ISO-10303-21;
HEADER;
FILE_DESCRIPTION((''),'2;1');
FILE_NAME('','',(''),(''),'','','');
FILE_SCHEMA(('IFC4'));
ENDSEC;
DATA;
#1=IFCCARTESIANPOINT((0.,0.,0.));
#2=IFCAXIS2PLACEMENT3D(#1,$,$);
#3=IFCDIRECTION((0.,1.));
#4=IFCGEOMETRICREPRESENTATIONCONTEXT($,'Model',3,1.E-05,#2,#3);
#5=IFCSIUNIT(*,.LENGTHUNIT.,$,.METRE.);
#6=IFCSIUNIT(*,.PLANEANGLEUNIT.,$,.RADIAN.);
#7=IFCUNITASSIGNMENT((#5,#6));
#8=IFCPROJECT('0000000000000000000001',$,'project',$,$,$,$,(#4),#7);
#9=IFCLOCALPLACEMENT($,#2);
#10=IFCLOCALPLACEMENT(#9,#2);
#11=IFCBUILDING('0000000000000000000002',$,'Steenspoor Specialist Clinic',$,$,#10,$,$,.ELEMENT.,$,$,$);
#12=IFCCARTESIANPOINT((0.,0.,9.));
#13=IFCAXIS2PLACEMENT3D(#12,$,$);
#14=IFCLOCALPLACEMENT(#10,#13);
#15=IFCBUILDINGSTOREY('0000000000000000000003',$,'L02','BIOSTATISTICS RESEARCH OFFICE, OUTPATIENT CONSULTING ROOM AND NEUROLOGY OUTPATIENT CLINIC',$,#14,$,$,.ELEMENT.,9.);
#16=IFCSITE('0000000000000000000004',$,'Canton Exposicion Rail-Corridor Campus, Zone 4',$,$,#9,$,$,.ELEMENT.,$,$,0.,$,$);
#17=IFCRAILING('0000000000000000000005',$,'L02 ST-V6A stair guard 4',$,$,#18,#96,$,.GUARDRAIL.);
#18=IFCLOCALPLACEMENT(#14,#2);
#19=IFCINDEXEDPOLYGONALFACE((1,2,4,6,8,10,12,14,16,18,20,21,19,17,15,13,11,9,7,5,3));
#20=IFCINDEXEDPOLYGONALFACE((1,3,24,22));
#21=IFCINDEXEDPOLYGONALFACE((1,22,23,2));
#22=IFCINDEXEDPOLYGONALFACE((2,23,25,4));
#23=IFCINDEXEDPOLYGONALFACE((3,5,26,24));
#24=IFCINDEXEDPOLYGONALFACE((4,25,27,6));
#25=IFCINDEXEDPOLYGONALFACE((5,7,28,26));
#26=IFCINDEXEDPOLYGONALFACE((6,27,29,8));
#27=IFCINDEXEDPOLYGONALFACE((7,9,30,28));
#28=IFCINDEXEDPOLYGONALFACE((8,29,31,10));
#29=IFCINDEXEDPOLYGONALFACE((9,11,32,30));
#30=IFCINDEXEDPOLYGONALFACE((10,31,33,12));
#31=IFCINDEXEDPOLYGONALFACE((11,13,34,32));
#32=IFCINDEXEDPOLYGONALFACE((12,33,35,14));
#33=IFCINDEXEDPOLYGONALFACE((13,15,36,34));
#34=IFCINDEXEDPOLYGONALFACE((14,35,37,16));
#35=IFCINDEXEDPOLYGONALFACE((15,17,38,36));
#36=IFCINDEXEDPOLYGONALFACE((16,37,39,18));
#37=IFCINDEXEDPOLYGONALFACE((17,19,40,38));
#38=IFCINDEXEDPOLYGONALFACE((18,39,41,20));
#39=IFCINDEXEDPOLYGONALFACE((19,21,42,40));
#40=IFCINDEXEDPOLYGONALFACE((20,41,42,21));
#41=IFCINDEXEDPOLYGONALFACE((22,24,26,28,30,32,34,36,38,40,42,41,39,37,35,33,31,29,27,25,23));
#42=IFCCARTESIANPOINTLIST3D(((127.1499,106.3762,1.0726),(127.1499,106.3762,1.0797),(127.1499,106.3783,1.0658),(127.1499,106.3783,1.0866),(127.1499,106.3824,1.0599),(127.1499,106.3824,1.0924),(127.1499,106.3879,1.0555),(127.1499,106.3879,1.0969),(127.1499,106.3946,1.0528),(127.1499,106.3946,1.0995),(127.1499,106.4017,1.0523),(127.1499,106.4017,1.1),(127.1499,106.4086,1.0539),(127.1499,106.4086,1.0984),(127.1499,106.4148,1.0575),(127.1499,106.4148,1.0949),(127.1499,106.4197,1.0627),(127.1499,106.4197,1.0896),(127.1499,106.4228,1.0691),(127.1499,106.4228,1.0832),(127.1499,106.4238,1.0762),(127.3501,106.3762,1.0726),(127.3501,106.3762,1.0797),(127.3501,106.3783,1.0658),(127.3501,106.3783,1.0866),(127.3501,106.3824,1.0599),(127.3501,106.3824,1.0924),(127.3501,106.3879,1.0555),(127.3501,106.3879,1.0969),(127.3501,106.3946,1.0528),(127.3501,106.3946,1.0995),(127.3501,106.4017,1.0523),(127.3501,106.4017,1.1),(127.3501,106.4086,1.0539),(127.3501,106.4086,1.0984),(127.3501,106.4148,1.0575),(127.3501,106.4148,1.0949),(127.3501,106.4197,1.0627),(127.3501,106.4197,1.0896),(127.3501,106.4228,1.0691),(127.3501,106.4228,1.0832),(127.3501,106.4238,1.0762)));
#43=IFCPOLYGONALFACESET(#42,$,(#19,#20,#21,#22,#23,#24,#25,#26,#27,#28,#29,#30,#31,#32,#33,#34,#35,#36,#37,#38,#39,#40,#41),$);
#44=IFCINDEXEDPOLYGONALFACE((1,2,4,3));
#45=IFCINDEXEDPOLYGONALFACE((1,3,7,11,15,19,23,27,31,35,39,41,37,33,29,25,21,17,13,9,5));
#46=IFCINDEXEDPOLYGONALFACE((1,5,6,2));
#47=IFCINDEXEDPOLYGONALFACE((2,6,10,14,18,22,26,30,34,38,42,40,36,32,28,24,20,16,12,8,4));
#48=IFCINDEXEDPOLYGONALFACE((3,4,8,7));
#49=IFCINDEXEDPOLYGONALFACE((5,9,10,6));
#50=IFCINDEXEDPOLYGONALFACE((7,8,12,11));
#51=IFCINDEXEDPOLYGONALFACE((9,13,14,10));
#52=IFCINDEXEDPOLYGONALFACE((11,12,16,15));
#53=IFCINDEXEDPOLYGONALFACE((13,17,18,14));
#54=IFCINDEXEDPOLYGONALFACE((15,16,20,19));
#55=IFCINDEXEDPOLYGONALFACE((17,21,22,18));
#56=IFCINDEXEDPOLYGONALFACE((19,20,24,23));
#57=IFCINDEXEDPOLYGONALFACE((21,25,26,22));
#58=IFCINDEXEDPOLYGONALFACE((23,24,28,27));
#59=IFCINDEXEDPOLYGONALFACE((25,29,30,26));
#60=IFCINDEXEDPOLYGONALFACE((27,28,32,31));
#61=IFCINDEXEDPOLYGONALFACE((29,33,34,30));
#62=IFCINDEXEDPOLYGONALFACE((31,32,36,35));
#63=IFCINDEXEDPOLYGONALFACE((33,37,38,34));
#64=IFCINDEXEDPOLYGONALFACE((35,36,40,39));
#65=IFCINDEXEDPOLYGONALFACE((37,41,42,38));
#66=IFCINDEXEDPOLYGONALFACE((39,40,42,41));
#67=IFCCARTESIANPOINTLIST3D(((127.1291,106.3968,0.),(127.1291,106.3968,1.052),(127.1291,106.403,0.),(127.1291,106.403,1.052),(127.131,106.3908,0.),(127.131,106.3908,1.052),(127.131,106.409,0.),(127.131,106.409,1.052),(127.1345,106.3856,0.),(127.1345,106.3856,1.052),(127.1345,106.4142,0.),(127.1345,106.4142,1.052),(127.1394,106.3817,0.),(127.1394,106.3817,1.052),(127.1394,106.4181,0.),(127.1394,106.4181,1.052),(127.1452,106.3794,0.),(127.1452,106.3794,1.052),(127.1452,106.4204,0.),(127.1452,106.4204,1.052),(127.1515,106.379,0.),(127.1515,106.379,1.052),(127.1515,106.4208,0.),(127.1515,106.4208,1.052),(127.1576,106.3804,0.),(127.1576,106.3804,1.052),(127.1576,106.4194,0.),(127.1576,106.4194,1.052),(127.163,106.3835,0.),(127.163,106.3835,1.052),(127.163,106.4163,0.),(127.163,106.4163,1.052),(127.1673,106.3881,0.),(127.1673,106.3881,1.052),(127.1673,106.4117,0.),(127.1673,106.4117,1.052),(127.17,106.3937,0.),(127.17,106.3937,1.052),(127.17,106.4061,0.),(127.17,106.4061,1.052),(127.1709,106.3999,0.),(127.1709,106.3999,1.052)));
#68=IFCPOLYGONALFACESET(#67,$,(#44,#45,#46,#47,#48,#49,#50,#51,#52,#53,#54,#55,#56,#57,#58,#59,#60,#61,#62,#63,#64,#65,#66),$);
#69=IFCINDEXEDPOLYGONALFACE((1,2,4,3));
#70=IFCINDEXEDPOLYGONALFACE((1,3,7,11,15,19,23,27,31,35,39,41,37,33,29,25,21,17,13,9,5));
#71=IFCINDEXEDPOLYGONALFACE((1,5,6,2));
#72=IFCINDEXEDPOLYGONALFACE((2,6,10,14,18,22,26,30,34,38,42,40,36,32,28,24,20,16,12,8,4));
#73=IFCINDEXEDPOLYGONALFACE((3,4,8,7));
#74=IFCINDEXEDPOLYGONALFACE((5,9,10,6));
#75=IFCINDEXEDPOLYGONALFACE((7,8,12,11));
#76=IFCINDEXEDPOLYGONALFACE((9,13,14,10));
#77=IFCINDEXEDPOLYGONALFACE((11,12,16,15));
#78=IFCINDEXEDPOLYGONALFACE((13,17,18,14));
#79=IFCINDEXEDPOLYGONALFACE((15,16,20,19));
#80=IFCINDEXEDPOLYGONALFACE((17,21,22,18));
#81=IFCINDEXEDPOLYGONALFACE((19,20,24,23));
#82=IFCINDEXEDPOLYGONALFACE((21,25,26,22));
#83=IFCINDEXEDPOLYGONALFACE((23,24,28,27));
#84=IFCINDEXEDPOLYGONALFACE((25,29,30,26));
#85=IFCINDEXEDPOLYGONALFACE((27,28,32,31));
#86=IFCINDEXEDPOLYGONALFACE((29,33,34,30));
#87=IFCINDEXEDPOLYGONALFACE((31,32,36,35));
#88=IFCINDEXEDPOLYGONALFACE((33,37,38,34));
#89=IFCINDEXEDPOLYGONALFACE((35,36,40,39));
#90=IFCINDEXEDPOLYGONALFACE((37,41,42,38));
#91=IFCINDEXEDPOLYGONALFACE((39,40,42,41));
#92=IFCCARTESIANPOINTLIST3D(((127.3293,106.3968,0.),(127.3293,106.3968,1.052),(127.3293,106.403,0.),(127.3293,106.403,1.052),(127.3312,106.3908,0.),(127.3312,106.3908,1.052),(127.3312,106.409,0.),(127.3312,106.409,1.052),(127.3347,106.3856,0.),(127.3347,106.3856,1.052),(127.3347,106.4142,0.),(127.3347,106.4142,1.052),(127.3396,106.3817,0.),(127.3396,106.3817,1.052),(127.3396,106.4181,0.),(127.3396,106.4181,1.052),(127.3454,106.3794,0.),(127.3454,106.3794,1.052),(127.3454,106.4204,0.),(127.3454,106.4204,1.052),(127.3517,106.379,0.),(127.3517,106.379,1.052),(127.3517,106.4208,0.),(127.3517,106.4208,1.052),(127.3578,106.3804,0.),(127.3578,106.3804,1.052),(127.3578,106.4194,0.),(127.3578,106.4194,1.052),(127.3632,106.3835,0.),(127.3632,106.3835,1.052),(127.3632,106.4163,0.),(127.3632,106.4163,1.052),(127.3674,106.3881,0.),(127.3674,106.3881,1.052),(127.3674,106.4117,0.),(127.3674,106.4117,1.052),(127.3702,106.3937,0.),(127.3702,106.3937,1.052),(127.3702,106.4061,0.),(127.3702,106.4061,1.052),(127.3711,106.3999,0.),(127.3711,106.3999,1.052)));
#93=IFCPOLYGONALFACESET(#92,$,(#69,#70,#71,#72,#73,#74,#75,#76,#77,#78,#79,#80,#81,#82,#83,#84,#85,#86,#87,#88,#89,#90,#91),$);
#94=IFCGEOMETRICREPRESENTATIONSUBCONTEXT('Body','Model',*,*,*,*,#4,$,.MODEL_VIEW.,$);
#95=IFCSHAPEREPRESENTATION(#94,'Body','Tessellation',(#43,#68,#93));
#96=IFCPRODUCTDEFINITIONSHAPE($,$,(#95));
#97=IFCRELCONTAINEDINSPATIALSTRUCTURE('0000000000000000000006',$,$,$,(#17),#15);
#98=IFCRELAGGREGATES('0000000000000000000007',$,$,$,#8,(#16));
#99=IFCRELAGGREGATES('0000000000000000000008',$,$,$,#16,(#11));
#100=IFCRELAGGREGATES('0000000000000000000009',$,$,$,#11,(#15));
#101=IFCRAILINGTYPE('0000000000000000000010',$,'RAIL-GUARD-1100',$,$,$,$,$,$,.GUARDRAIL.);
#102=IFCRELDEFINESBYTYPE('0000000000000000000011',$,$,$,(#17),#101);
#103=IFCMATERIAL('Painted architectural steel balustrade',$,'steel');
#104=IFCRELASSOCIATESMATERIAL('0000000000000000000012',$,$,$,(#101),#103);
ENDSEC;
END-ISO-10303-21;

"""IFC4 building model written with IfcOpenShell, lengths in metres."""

from ifc_helpers import new_model, si_unit, direction, frame, origin, origin_2d, place, context, subcontext, project, spatial, circle, extrude, material, type_object, element, save


model = new_model("IFC4")

# Units and contexts
model_context = context("Model", 3, precision=1e-05, world=origin(), true_north=direction((0.0, 1.0)))
body_context = subcontext(model_context, "Body", "Model", "MODEL_VIEW")
ifc_project = project(units=[si_unit("LENGTHUNIT", "METRE"), si_unit("PLANEANGLEUNIT", "RADIAN")], contexts=[model_context])

# Site, building, storey
site_placement = place(None, origin())
site = spatial("IfcSite", under=ifc_project, at=site_placement, Name="Canton Exposicion Rail-Corridor Campus, Zone 4", CompositionType="ELEMENT", RefElevation=0.0)
building_placement = place(site_placement, origin())
building = spatial("IfcBuilding", under=site, at=building_placement, Name="Steenspoor Specialist Clinic", CompositionType="ELEMENT")
storey_placement = place(building_placement, frame((0.0, 0.0, 9.0)))
storey = spatial("IfcBuildingStorey", under=building, at=storey_placement, Name="L02", Description="BIOSTATISTICS RESEARCH OFFICE, OUTPATIENT CONSULTING ROOM AND NEUROLOGY OUTPATIENT CLINIC", CompositionType="ELEMENT", Elevation=9.0)

# Railing
ifc_material_1 = material(Name="Painted architectural steel balustrade", Category="steel")
railing_type_1 = type_object("IfcRailingType", Name="RAIL-GUARD-1100", PredefinedType="GUARDRAIL", material=ifc_material_1)
railing_1_placement = place(storey_placement, frame((127.1499, 106.3999, 0.0)))
element("IfcRailing", 1, at=railing_1_placement, inside=storey, type_object=railing_type_1, Name="L02 ST-V6A stair guard 4", PredefinedType="GUARDRAIL", context=body_context, shape_type="SweptSolid", body=[
    extrude(circle(Radius=0.0239, at=origin_2d()), frame((0.0, 0.0, 1.0762), z_axis=(1.0, 0.0, 0.0), x_axis=(0.0, 1.0, 0.0)), (0.0, 0.0, 1.0), 0.2002),
    extrude(circle(Radius=0.021, at=origin_2d()), origin(), (0.0, 0.0, 1.0), 1.052),
    extrude(circle(Radius=0.021, at=origin_2d()), frame((0.2002, 0.0, 0.0)), (0.0, 0.0, 1.0), 1.052),
])

save(model, "model.ifc")
